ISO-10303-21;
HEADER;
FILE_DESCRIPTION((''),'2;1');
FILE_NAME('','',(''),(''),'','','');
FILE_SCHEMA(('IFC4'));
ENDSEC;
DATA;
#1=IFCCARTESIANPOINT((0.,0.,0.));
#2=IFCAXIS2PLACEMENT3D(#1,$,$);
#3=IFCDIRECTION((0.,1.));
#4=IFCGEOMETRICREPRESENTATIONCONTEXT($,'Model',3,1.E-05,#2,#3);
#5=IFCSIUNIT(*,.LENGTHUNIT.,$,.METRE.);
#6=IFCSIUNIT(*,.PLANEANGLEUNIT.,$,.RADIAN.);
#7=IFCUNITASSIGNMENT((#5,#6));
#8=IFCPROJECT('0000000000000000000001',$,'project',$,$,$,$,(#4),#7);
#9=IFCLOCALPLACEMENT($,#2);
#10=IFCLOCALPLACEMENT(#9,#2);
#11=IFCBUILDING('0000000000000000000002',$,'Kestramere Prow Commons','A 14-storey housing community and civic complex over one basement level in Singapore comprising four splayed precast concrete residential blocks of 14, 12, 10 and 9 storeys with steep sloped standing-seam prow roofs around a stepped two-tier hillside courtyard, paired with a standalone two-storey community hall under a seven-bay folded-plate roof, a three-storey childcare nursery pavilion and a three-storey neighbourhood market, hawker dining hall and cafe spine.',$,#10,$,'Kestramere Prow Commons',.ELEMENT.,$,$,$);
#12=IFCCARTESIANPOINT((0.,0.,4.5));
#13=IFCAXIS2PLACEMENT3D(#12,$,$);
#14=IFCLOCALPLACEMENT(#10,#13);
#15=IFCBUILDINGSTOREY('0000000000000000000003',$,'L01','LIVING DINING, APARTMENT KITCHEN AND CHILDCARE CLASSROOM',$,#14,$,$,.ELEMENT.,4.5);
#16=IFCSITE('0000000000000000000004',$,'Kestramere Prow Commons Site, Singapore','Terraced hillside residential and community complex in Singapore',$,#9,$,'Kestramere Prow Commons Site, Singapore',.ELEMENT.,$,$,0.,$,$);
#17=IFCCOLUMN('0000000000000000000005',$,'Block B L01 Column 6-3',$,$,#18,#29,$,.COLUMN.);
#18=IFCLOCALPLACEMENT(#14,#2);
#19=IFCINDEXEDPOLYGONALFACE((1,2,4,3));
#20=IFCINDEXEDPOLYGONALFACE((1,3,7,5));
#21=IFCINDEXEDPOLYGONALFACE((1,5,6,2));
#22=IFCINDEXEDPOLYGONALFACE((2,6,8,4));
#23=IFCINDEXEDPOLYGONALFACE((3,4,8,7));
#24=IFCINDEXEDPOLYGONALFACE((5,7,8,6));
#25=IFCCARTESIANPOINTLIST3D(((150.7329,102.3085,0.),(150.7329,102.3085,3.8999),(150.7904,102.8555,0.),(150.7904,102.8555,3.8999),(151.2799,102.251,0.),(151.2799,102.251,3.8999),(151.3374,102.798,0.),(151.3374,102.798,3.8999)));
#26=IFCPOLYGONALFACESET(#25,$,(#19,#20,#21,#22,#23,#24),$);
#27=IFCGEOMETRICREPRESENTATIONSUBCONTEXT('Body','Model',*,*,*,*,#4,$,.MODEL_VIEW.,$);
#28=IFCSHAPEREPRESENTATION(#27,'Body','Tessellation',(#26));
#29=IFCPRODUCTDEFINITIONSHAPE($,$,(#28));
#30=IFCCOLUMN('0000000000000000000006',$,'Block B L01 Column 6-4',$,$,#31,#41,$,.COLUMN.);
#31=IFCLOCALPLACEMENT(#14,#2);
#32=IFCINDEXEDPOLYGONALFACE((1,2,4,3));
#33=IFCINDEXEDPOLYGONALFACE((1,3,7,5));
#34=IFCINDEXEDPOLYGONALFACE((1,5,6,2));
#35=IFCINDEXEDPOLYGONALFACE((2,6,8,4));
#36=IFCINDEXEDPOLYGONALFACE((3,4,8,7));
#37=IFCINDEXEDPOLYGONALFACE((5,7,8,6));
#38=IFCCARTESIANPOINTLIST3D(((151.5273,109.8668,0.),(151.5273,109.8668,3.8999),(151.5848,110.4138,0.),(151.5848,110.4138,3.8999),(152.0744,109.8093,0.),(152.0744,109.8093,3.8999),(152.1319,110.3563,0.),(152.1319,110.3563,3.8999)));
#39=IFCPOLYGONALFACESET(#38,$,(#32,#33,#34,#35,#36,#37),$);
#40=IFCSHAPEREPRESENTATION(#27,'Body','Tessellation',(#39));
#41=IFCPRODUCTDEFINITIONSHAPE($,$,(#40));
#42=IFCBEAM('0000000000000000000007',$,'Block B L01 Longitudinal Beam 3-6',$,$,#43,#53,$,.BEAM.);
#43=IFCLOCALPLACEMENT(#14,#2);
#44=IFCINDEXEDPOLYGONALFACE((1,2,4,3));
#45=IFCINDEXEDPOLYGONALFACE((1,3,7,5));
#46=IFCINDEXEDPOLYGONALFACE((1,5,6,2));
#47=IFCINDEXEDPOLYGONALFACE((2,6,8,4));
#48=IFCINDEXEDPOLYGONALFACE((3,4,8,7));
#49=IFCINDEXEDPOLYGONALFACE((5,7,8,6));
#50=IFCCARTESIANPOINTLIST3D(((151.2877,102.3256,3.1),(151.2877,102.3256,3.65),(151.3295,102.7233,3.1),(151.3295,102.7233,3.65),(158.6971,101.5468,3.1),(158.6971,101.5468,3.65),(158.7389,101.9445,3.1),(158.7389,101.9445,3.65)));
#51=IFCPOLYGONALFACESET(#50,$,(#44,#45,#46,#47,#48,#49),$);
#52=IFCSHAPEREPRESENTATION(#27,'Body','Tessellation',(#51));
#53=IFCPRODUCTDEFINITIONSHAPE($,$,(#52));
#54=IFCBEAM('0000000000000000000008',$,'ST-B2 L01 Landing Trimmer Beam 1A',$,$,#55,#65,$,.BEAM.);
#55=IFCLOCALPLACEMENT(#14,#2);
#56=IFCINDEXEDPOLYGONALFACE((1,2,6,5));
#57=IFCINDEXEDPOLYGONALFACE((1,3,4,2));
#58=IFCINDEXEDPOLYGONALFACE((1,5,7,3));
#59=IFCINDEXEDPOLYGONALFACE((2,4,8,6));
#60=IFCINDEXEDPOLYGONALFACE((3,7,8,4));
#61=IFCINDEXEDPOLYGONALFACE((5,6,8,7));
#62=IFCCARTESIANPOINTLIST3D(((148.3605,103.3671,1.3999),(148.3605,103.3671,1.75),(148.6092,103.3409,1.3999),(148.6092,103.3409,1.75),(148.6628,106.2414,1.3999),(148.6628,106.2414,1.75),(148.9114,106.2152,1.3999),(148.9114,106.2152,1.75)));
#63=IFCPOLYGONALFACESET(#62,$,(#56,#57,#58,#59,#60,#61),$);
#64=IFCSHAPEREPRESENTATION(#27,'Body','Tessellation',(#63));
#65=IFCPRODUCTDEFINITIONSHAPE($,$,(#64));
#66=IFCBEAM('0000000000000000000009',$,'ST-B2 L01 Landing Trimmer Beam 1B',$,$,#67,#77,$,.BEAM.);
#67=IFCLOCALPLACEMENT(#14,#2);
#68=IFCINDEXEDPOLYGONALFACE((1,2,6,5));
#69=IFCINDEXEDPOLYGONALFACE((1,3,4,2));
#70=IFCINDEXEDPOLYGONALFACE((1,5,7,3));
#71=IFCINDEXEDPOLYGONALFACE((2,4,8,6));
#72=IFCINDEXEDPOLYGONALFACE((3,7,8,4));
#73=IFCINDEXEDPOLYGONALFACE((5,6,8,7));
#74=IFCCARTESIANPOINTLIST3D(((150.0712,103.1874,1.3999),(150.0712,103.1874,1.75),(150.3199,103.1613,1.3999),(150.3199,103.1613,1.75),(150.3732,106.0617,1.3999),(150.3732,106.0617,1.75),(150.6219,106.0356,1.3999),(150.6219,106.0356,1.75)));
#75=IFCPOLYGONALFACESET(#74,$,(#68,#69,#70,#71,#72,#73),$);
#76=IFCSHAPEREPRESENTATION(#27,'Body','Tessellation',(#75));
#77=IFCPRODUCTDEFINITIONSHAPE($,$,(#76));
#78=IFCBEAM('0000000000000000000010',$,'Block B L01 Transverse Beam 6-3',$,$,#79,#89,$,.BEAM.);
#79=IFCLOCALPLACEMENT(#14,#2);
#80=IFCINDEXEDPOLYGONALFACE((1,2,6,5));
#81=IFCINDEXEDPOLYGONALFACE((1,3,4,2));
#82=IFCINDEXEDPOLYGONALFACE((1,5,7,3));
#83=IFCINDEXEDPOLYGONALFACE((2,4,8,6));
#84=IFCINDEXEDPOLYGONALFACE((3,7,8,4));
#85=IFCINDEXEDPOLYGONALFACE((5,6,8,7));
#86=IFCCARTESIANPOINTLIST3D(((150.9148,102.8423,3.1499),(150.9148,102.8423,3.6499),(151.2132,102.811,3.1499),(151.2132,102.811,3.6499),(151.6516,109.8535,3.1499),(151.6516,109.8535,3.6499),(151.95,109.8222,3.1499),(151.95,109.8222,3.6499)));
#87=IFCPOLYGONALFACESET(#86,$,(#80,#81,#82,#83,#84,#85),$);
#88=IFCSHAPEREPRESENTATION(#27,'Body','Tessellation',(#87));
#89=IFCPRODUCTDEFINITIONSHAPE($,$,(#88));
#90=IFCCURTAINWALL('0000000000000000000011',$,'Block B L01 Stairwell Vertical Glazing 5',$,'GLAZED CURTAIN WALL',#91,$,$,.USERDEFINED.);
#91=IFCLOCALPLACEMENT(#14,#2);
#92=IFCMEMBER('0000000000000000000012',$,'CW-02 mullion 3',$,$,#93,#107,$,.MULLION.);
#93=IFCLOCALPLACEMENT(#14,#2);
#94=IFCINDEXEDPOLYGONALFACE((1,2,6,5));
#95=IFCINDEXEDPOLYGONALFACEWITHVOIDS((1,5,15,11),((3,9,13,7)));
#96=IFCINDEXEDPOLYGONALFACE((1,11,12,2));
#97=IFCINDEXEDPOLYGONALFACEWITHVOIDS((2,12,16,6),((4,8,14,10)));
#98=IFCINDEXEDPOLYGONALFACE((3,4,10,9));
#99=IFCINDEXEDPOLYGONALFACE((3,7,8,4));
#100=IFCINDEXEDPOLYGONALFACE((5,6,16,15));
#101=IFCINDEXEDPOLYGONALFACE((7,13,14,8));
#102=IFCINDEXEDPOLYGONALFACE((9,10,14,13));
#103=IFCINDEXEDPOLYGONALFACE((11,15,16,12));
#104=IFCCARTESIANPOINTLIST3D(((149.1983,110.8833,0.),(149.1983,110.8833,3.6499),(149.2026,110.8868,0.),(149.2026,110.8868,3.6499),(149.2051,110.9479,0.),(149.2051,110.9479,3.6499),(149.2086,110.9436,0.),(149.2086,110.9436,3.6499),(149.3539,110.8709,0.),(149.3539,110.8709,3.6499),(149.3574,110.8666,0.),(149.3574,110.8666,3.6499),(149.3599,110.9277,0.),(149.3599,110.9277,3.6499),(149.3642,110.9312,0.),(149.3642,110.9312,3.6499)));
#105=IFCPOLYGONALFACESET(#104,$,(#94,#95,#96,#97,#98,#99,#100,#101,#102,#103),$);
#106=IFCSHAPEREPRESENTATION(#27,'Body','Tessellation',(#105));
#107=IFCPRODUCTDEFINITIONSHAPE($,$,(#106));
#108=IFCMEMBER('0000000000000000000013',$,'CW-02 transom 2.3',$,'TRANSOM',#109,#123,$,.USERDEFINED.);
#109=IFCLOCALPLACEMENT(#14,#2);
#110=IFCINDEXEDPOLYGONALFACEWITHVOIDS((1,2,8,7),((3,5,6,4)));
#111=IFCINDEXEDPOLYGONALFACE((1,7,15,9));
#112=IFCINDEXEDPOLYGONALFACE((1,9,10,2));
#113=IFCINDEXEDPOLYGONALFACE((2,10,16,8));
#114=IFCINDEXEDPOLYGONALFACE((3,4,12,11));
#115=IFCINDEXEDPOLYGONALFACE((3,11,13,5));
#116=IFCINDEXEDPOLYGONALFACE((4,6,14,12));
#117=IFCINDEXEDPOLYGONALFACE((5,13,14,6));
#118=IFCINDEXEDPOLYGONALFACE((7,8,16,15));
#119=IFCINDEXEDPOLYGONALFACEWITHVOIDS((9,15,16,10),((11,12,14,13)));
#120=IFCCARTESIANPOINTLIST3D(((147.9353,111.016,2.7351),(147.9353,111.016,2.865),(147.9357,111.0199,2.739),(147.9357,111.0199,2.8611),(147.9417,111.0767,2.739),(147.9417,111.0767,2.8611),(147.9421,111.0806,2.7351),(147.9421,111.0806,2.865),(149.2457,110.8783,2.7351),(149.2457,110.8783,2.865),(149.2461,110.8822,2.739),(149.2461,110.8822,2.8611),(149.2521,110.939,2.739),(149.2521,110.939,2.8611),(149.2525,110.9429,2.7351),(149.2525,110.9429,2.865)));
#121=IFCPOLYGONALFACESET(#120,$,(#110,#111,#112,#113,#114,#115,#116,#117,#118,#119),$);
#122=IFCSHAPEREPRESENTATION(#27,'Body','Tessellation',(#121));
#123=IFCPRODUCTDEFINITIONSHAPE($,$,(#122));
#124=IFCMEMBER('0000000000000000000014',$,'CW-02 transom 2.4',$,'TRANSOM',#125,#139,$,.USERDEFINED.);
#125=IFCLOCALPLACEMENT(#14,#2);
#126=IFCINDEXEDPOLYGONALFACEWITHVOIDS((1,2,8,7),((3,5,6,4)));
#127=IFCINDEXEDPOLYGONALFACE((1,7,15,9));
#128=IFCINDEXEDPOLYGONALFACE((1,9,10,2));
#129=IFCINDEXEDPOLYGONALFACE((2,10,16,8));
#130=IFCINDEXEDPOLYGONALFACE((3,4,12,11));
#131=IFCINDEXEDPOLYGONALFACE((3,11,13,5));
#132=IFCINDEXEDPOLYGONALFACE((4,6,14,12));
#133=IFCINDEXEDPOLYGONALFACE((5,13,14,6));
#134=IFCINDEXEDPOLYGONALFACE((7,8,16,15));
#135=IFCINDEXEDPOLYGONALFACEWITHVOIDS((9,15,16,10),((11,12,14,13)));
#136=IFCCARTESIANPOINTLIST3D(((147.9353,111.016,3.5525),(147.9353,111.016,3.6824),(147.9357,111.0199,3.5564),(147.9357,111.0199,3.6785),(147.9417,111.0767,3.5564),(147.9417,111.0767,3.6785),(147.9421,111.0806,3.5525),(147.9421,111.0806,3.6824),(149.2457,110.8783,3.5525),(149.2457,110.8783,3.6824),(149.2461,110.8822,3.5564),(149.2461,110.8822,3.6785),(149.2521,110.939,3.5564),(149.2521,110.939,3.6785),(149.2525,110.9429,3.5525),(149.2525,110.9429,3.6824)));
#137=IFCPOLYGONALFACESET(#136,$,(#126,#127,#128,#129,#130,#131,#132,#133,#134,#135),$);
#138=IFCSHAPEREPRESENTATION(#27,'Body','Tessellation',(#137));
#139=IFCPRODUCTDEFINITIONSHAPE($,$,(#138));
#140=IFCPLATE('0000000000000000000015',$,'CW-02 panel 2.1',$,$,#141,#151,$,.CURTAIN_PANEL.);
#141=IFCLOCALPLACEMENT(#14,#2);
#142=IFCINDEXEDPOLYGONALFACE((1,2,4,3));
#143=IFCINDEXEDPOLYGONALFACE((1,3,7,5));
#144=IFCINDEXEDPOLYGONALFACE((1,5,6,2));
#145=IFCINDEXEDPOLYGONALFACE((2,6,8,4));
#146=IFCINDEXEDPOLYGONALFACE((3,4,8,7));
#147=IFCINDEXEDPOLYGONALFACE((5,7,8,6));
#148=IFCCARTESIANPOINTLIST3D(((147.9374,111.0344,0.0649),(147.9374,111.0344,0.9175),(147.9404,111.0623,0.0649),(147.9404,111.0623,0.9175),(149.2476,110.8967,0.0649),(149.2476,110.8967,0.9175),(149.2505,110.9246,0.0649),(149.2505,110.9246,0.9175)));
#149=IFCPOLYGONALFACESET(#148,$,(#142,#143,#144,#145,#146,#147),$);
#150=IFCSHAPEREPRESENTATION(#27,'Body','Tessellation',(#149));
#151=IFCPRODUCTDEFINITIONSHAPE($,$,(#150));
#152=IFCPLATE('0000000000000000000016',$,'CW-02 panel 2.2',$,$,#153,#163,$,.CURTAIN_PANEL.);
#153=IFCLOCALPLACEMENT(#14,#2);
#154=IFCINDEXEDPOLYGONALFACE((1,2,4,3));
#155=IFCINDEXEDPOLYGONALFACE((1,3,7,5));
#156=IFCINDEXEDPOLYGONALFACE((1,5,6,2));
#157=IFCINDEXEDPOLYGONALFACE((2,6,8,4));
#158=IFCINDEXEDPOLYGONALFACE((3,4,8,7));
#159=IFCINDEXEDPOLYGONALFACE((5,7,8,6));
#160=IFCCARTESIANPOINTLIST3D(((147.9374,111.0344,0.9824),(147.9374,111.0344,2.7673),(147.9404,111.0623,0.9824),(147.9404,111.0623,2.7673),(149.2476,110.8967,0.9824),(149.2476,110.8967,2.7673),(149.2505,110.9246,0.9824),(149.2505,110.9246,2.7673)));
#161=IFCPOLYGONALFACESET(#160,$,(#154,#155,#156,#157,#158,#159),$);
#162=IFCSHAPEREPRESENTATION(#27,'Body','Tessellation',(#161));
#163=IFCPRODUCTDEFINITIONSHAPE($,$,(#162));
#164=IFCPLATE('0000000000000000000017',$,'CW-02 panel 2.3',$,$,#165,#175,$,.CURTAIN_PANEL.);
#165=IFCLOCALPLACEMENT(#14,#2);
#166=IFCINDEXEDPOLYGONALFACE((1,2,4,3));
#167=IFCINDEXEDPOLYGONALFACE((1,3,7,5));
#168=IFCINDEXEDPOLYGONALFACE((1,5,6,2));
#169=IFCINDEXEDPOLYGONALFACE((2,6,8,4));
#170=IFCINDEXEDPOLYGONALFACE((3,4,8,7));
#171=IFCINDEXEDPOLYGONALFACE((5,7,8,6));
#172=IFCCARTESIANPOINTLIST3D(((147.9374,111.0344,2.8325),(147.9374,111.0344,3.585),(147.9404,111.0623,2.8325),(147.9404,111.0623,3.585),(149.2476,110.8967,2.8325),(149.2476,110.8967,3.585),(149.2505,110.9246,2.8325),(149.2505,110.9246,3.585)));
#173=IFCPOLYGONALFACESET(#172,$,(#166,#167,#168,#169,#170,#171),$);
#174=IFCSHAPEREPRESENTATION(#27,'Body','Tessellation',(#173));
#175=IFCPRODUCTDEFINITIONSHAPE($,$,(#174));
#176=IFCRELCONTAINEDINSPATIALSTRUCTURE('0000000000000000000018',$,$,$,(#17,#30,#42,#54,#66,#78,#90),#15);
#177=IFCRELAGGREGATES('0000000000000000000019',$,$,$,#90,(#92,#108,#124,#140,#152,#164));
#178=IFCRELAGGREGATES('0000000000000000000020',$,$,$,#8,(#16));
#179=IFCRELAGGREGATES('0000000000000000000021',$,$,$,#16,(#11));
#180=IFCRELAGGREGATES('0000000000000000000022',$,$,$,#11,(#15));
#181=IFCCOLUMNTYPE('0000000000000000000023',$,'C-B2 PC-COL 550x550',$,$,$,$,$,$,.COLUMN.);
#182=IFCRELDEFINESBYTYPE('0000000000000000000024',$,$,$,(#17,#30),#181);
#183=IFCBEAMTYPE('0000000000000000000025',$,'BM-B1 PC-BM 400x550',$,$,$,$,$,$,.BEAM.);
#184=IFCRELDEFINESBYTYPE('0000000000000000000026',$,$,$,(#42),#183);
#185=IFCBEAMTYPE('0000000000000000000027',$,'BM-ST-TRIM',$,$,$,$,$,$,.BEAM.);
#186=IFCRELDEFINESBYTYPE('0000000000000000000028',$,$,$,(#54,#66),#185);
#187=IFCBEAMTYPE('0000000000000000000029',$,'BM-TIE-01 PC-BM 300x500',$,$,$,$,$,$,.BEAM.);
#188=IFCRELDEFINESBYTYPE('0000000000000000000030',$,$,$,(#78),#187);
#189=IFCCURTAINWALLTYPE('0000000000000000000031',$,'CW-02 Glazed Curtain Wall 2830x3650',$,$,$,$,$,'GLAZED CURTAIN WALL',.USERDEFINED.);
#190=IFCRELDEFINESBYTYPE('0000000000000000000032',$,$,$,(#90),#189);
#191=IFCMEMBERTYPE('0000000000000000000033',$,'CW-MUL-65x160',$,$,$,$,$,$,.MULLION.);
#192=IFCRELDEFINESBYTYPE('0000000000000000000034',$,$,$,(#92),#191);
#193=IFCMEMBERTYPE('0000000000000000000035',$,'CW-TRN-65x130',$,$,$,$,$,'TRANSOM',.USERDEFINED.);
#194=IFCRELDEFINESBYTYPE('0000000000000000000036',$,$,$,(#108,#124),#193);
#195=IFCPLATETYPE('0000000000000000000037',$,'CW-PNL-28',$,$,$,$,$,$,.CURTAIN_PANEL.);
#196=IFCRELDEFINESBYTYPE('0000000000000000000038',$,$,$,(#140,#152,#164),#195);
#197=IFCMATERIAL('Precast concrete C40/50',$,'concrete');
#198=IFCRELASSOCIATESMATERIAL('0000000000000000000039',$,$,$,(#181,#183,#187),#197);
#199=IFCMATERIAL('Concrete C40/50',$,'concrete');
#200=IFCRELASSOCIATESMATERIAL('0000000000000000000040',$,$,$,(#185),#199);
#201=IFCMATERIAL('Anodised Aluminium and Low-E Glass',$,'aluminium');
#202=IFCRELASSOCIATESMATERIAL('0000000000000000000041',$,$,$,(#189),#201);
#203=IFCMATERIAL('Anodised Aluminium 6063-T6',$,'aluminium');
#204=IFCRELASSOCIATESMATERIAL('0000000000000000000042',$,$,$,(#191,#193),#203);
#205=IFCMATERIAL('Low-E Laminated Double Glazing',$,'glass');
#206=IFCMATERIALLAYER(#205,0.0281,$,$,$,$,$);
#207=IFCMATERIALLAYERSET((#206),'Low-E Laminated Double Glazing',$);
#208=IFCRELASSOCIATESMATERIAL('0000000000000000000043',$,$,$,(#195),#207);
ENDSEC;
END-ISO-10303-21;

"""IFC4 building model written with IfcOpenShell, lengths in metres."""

from ifc_helpers import new_model, si_unit, direction, frame, origin, origin_2d, place, context, subcontext, project, spatial, rectangle, hollow_rectangle, extrude, material, layer, layer_set, material_profile, profile_set, type_object, element, aggregate, save


model = new_model("IFC4")

# Units and contexts
model_context = context("Model", 3, precision=1e-05, world=origin(), true_north=direction((0.0, 1.0)))
body_context = subcontext(model_context, "Body", "Model", "MODEL_VIEW")
ifc_project = project(units=[si_unit("LENGTHUNIT", "METRE"), si_unit("PLANEANGLEUNIT", "RADIAN")], contexts=[model_context])

# Site, building, storey
site_placement = place(None, origin())
site = spatial("IfcSite", under=ifc_project, at=site_placement, Name="Kestramere Prow Commons Site, Singapore", Description="Terraced hillside residential and community complex in Singapore", LongName="Kestramere Prow Commons Site, Singapore", CompositionType="ELEMENT", RefElevation=0.0)
building_placement = place(site_placement, origin())
building = spatial("IfcBuilding", under=site, at=building_placement, Name="Kestramere Prow Commons", Description="A 14-storey housing community and civic complex over one basement level in Singapore comprising four splayed precast concrete residential blocks of 14, 12, 10 and 9 storeys with steep sloped standing-seam prow roofs around a stepped two-tier hillside courtyard, paired with a standalone two-storey community hall under a seven-bay folded-plate roof, a three-storey childcare nursery pavilion and a three-storey neighbourhood market, hawker dining hall and cafe spine.", LongName="Kestramere Prow Commons", CompositionType="ELEMENT")
storey_placement = place(building_placement, frame((0.0, 0.0, 4.5)))
storey = spatial("IfcBuildingStorey", under=building, at=storey_placement, Name="L01", Description="LIVING DINING, APARTMENT KITCHEN AND CHILDCARE CLASSROOM", CompositionType="ELEMENT", Elevation=4.5)

# Columns
ifc_material_1 = material(Name="Precast concrete C40/50", Category="concrete")
ifc_material_profile_1 = material_profile(ifc_material_1, rectangle(XDim=0.55, YDim=0.55, at=origin_2d()), Name="PC-COL 550x550")
ifc_profile_set_1 = profile_set([ifc_material_profile_1], Name="Precast concrete C40/50")
column_type = type_object("IfcColumnType", Name="C-B2 PC-COL 550x550", PredefinedType="COLUMN", material=ifc_profile_set_1)
for number, where, z_axis, x_axis, name in (
    (1, (151.0352, 102.5532, 0.0), (0.0, 0.0, 1.0), (0.994522, -0.104528, 0.0), "Block B L01 Column 6-3"),
    (2, (151.8296, 110.1116, 0.0), (0.0, 0.0, 1.0), (0.994522, -0.104528, 0.0), "Block B L01 Column 6-4"),
):
    element("IfcColumn", number, at=place(storey_placement, frame(where, z_axis=z_axis, x_axis=x_axis)), inside=storey, type_object=column_type, Name=name, PredefinedType="COLUMN", context=body_context, shape_type="SweptSolid", body=[
        extrude(rectangle(XDim=0.55, YDim=0.55, at=origin_2d()), origin(), (0.0, 0.0, 1.0), 3.8999),
    ])

# Beams
ifc_material_profile_2 = material_profile(ifc_material_1, rectangle(XDim=0.3999, YDim=0.55, at=origin_2d()), Name="PC-BM 400x550")
ifc_profile_set_2 = profile_set([ifc_material_profile_2], Name="Precast concrete C40/50")
beam_type_1 = type_object("IfcBeamType", Name="BM-B1 PC-BM 400x550", PredefinedType="BEAM", material=ifc_profile_set_2)
beam_1_placement = place(storey_placement, frame((151.3086, 102.5244, 3.375), z_axis=(0.994521, -0.104535, 0.0), x_axis=(0.104535, 0.994521, 0.0)))
element("IfcBeam", 3, at=beam_1_placement, inside=storey, type_object=beam_type_1, Name="Block B L01 Longitudinal Beam 3-6", PredefinedType="BEAM", context=body_context, shape_type="SweptSolid", body=[
    extrude(rectangle(XDim=0.3999, YDim=0.55, at=origin_2d()), origin(), (0.0, 0.0, 1.0), 7.4502),
])
ifc_material_2 = material(Name="Concrete C40/50", Category="concrete")
ifc_material_profile_3 = material_profile(ifc_material_2, rectangle(XDim=0.25, YDim=0.3501, at=origin_2d()), Name="PC-BM 250x350")
ifc_profile_set_3 = profile_set([ifc_material_profile_3], Name="Concrete C40/50")
beam_type_2 = type_object("IfcBeamType", Name="BM-ST-TRIM", PredefinedType="BEAM", material=ifc_profile_set_3)
for number, where, z_axis, x_axis, name in (
    (4, (148.4849, 103.354, 1.575), (0.104579, 0.994517, 0.0), (-0.994517, 0.104579, 0.0), "ST-B2 L01 Landing Trimmer Beam 1A"),
    (5, (150.1956, 103.1743, 1.575), (0.104496, 0.994525, 0.0), (-0.994525, 0.104496, 0.0), "ST-B2 L01 Landing Trimmer Beam 1B"),
):
    element("IfcBeam", number, at=place(storey_placement, frame(where, z_axis=z_axis, x_axis=x_axis)), inside=storey, type_object=beam_type_2, Name=name, PredefinedType="BEAM", context=body_context, shape_type="SweptSolid", body=[
        extrude(rectangle(XDim=0.25, YDim=0.3501, at=origin_2d()), origin(), (0.0, 0.0, 1.0), 2.8901),
    ])
ifc_material_profile_4 = material_profile(ifc_material_1, rectangle(XDim=0.3, YDim=0.5, at=origin_2d()), Name="PC-BM 300x500")
ifc_profile_set_4 = profile_set([ifc_material_profile_4], Name="Precast concrete C40/50")
beam_type_3 = type_object("IfcBeamType", Name="BM-TIE-01 PC-BM 300x500", PredefinedType="BEAM", material=ifc_profile_set_4)
beam_2_placement = place(storey_placement, frame((151.064, 102.8267, 3.3999), z_axis=(0.104515, 0.994523, 0.0), x_axis=(-0.994523, 0.104515, 0.0)))
element("IfcBeam", 6, at=beam_2_placement, inside=storey, type_object=beam_type_3, Name="Block B L01 Transverse Beam 6-3", PredefinedType="BEAM", context=body_context, shape_type="SweptSolid", body=[
    extrude(rectangle(XDim=0.3, YDim=0.5, at=origin_2d()), origin(), (0.0, 0.0, 1.0), 7.0498),
])

# Curtain wall, members, plates
ifc_material_3 = material(Name="Anodised Aluminium and Low-E Glass", Category="aluminium")
curtain_wall_type = type_object("IfcCurtainWallType", Name="CW-02 Glazed Curtain Wall 2830x3650", ElementType="GLAZED CURTAIN WALL", PredefinedType="USERDEFINED", material=ifc_material_3)
curtain_wall_placement = place(storey_placement, origin())
curtain_wall = element("IfcCurtainWall", 7, at=curtain_wall_placement, inside=storey, type_object=curtain_wall_type, Name="Block B L01 Stairwell Vertical Glazing 5", ObjectType="GLAZED CURTAIN WALL", PredefinedType="USERDEFINED")
ifc_material_4 = material(Name="Anodised Aluminium 6063-T6", Category="aluminium")
ifc_material_profile_5 = material_profile(ifc_material_4, hollow_rectangle(XDim=0.0649, YDim=0.1599, WallThickness=0.0039, at=origin_2d()), Name="ALU-MUL 65x160")
ifc_profile_set_5 = profile_set([ifc_material_profile_5], Name="Anodised Aluminium 6063-T6")
member_type_1 = type_object("IfcMemberType", Name="CW-MUL-65x160", PredefinedType="MULLION", material=ifc_profile_set_5)
member_1_placement = place(storey_placement, frame((149.2812, 110.9072, 0.0), z_axis=(0.0, 0.0, 1.0), x_axis=(0.104528, 0.994522, 0.0)))
member_1 = element("IfcMember", 8, at=member_1_placement, type_object=member_type_1, Name="CW-02 mullion 3", PredefinedType="MULLION", context=body_context, shape_type="SweptSolid", body=[
    extrude(hollow_rectangle(XDim=0.0649, YDim=0.1599, WallThickness=0.0039, at=origin_2d()), origin(), (0.0, 0.0, 1.0), 3.6499),
])
ifc_material_profile_6 = material_profile(ifc_material_4, hollow_rectangle(XDim=0.0649, YDim=0.1299, WallThickness=0.0039, at=origin_2d()), Name="ALU-TRN 65x130")
ifc_profile_set_6 = profile_set([ifc_material_profile_6], Name="Anodised Aluminium 6063-T6")
member_type_2 = type_object("IfcMemberType", Name="CW-TRN-65x130", ElementType="TRANSOM", PredefinedType="USERDEFINED", material=ifc_profile_set_6)
member_2_placement = place(storey_placement, frame((147.9387, 111.0483, 2.8), z_axis=(0.994524, -0.104511, 0.0), x_axis=(0.104511, 0.994524, 0.0)))
member_2 = element("IfcMember", 9, at=member_2_placement, type_object=member_type_2, Name="CW-02 transom 2.3", ObjectType="TRANSOM", PredefinedType="USERDEFINED", context=body_context, shape_type="SweptSolid", body=[
    extrude(hollow_rectangle(XDim=0.0649, YDim=0.1299, WallThickness=0.0039, at=origin_2d()), origin(), (0.0, 0.0, 1.0), 1.3176),
])
member_3_placement = place(storey_placement, frame((147.9387, 111.0483, 3.6174), z_axis=(0.994524, -0.104511, 0.0), x_axis=(0.104511, 0.994524, 0.0)))
member_3 = element("IfcMember", 10, at=member_3_placement, type_object=member_type_2, Name="CW-02 transom 2.4", ObjectType="TRANSOM", PredefinedType="USERDEFINED", context=body_context, shape_type="SweptSolid", body=[
    extrude(hollow_rectangle(XDim=0.0649, YDim=0.1299, WallThickness=0.0039, at=origin_2d()), origin(), (0.0, 0.0, 1.0), 1.3176),
])
ifc_material_5 = material(Name="Low-E Laminated Double Glazing", Category="glass")
ifc_layer_1 = layer(ifc_material_5, 0.0281)
ifc_layer_set_1 = layer_set([ifc_layer_1], Name="Low-E Laminated Double Glazing")
plate_type = type_object("IfcPlateType", Name="CW-PNL-28", PredefinedType="CURTAIN_PANEL", material=ifc_layer_set_1)
plate_1_placement = place(storey_placement, frame((148.594, 110.9795, 0.0649), z_axis=(0.0, 0.0, 1.0), x_axis=(0.994522, -0.104528, 0.0)))
plate_1 = element("IfcPlate", 11, at=plate_1_placement, type_object=plate_type, Name="CW-02 panel 2.1", PredefinedType="CURTAIN_PANEL", context=body_context, shape_type="SweptSolid", body=[
    extrude(rectangle(XDim=1.3174, YDim=0.0281, at=origin_2d()), origin(), (0.0, 0.0, 1.0), 0.8525),
])
plate_2_placement = place(storey_placement, frame((148.594, 110.9795, 0.9824), z_axis=(0.0, 0.0, 1.0), x_axis=(0.994522, -0.104528, 0.0)))
plate_2 = element("IfcPlate", 12, at=plate_2_placement, type_object=plate_type, Name="CW-02 panel 2.2", PredefinedType="CURTAIN_PANEL", context=body_context, shape_type="SweptSolid", body=[
    extrude(rectangle(XDim=1.3174, YDim=0.0281, at=origin_2d()), origin(), (0.0, 0.0, 1.0), 1.7849),
])
plate_3_placement = place(storey_placement, frame((148.594, 110.9795, 2.8325), z_axis=(0.0, 0.0, 1.0), x_axis=(0.994522, -0.104528, 0.0)))
plate_3 = element("IfcPlate", 13, at=plate_3_placement, type_object=plate_type, Name="CW-02 panel 2.3", PredefinedType="CURTAIN_PANEL", context=body_context, shape_type="SweptSolid", body=[
    extrude(rectangle(XDim=1.3174, YDim=0.0281, at=origin_2d()), origin(), (0.0, 0.0, 1.0), 0.7524),
])
aggregate(curtain_wall, [member_1, member_2, member_3, plate_1, plate_2, plate_3])

save(model, "model.ifc")
